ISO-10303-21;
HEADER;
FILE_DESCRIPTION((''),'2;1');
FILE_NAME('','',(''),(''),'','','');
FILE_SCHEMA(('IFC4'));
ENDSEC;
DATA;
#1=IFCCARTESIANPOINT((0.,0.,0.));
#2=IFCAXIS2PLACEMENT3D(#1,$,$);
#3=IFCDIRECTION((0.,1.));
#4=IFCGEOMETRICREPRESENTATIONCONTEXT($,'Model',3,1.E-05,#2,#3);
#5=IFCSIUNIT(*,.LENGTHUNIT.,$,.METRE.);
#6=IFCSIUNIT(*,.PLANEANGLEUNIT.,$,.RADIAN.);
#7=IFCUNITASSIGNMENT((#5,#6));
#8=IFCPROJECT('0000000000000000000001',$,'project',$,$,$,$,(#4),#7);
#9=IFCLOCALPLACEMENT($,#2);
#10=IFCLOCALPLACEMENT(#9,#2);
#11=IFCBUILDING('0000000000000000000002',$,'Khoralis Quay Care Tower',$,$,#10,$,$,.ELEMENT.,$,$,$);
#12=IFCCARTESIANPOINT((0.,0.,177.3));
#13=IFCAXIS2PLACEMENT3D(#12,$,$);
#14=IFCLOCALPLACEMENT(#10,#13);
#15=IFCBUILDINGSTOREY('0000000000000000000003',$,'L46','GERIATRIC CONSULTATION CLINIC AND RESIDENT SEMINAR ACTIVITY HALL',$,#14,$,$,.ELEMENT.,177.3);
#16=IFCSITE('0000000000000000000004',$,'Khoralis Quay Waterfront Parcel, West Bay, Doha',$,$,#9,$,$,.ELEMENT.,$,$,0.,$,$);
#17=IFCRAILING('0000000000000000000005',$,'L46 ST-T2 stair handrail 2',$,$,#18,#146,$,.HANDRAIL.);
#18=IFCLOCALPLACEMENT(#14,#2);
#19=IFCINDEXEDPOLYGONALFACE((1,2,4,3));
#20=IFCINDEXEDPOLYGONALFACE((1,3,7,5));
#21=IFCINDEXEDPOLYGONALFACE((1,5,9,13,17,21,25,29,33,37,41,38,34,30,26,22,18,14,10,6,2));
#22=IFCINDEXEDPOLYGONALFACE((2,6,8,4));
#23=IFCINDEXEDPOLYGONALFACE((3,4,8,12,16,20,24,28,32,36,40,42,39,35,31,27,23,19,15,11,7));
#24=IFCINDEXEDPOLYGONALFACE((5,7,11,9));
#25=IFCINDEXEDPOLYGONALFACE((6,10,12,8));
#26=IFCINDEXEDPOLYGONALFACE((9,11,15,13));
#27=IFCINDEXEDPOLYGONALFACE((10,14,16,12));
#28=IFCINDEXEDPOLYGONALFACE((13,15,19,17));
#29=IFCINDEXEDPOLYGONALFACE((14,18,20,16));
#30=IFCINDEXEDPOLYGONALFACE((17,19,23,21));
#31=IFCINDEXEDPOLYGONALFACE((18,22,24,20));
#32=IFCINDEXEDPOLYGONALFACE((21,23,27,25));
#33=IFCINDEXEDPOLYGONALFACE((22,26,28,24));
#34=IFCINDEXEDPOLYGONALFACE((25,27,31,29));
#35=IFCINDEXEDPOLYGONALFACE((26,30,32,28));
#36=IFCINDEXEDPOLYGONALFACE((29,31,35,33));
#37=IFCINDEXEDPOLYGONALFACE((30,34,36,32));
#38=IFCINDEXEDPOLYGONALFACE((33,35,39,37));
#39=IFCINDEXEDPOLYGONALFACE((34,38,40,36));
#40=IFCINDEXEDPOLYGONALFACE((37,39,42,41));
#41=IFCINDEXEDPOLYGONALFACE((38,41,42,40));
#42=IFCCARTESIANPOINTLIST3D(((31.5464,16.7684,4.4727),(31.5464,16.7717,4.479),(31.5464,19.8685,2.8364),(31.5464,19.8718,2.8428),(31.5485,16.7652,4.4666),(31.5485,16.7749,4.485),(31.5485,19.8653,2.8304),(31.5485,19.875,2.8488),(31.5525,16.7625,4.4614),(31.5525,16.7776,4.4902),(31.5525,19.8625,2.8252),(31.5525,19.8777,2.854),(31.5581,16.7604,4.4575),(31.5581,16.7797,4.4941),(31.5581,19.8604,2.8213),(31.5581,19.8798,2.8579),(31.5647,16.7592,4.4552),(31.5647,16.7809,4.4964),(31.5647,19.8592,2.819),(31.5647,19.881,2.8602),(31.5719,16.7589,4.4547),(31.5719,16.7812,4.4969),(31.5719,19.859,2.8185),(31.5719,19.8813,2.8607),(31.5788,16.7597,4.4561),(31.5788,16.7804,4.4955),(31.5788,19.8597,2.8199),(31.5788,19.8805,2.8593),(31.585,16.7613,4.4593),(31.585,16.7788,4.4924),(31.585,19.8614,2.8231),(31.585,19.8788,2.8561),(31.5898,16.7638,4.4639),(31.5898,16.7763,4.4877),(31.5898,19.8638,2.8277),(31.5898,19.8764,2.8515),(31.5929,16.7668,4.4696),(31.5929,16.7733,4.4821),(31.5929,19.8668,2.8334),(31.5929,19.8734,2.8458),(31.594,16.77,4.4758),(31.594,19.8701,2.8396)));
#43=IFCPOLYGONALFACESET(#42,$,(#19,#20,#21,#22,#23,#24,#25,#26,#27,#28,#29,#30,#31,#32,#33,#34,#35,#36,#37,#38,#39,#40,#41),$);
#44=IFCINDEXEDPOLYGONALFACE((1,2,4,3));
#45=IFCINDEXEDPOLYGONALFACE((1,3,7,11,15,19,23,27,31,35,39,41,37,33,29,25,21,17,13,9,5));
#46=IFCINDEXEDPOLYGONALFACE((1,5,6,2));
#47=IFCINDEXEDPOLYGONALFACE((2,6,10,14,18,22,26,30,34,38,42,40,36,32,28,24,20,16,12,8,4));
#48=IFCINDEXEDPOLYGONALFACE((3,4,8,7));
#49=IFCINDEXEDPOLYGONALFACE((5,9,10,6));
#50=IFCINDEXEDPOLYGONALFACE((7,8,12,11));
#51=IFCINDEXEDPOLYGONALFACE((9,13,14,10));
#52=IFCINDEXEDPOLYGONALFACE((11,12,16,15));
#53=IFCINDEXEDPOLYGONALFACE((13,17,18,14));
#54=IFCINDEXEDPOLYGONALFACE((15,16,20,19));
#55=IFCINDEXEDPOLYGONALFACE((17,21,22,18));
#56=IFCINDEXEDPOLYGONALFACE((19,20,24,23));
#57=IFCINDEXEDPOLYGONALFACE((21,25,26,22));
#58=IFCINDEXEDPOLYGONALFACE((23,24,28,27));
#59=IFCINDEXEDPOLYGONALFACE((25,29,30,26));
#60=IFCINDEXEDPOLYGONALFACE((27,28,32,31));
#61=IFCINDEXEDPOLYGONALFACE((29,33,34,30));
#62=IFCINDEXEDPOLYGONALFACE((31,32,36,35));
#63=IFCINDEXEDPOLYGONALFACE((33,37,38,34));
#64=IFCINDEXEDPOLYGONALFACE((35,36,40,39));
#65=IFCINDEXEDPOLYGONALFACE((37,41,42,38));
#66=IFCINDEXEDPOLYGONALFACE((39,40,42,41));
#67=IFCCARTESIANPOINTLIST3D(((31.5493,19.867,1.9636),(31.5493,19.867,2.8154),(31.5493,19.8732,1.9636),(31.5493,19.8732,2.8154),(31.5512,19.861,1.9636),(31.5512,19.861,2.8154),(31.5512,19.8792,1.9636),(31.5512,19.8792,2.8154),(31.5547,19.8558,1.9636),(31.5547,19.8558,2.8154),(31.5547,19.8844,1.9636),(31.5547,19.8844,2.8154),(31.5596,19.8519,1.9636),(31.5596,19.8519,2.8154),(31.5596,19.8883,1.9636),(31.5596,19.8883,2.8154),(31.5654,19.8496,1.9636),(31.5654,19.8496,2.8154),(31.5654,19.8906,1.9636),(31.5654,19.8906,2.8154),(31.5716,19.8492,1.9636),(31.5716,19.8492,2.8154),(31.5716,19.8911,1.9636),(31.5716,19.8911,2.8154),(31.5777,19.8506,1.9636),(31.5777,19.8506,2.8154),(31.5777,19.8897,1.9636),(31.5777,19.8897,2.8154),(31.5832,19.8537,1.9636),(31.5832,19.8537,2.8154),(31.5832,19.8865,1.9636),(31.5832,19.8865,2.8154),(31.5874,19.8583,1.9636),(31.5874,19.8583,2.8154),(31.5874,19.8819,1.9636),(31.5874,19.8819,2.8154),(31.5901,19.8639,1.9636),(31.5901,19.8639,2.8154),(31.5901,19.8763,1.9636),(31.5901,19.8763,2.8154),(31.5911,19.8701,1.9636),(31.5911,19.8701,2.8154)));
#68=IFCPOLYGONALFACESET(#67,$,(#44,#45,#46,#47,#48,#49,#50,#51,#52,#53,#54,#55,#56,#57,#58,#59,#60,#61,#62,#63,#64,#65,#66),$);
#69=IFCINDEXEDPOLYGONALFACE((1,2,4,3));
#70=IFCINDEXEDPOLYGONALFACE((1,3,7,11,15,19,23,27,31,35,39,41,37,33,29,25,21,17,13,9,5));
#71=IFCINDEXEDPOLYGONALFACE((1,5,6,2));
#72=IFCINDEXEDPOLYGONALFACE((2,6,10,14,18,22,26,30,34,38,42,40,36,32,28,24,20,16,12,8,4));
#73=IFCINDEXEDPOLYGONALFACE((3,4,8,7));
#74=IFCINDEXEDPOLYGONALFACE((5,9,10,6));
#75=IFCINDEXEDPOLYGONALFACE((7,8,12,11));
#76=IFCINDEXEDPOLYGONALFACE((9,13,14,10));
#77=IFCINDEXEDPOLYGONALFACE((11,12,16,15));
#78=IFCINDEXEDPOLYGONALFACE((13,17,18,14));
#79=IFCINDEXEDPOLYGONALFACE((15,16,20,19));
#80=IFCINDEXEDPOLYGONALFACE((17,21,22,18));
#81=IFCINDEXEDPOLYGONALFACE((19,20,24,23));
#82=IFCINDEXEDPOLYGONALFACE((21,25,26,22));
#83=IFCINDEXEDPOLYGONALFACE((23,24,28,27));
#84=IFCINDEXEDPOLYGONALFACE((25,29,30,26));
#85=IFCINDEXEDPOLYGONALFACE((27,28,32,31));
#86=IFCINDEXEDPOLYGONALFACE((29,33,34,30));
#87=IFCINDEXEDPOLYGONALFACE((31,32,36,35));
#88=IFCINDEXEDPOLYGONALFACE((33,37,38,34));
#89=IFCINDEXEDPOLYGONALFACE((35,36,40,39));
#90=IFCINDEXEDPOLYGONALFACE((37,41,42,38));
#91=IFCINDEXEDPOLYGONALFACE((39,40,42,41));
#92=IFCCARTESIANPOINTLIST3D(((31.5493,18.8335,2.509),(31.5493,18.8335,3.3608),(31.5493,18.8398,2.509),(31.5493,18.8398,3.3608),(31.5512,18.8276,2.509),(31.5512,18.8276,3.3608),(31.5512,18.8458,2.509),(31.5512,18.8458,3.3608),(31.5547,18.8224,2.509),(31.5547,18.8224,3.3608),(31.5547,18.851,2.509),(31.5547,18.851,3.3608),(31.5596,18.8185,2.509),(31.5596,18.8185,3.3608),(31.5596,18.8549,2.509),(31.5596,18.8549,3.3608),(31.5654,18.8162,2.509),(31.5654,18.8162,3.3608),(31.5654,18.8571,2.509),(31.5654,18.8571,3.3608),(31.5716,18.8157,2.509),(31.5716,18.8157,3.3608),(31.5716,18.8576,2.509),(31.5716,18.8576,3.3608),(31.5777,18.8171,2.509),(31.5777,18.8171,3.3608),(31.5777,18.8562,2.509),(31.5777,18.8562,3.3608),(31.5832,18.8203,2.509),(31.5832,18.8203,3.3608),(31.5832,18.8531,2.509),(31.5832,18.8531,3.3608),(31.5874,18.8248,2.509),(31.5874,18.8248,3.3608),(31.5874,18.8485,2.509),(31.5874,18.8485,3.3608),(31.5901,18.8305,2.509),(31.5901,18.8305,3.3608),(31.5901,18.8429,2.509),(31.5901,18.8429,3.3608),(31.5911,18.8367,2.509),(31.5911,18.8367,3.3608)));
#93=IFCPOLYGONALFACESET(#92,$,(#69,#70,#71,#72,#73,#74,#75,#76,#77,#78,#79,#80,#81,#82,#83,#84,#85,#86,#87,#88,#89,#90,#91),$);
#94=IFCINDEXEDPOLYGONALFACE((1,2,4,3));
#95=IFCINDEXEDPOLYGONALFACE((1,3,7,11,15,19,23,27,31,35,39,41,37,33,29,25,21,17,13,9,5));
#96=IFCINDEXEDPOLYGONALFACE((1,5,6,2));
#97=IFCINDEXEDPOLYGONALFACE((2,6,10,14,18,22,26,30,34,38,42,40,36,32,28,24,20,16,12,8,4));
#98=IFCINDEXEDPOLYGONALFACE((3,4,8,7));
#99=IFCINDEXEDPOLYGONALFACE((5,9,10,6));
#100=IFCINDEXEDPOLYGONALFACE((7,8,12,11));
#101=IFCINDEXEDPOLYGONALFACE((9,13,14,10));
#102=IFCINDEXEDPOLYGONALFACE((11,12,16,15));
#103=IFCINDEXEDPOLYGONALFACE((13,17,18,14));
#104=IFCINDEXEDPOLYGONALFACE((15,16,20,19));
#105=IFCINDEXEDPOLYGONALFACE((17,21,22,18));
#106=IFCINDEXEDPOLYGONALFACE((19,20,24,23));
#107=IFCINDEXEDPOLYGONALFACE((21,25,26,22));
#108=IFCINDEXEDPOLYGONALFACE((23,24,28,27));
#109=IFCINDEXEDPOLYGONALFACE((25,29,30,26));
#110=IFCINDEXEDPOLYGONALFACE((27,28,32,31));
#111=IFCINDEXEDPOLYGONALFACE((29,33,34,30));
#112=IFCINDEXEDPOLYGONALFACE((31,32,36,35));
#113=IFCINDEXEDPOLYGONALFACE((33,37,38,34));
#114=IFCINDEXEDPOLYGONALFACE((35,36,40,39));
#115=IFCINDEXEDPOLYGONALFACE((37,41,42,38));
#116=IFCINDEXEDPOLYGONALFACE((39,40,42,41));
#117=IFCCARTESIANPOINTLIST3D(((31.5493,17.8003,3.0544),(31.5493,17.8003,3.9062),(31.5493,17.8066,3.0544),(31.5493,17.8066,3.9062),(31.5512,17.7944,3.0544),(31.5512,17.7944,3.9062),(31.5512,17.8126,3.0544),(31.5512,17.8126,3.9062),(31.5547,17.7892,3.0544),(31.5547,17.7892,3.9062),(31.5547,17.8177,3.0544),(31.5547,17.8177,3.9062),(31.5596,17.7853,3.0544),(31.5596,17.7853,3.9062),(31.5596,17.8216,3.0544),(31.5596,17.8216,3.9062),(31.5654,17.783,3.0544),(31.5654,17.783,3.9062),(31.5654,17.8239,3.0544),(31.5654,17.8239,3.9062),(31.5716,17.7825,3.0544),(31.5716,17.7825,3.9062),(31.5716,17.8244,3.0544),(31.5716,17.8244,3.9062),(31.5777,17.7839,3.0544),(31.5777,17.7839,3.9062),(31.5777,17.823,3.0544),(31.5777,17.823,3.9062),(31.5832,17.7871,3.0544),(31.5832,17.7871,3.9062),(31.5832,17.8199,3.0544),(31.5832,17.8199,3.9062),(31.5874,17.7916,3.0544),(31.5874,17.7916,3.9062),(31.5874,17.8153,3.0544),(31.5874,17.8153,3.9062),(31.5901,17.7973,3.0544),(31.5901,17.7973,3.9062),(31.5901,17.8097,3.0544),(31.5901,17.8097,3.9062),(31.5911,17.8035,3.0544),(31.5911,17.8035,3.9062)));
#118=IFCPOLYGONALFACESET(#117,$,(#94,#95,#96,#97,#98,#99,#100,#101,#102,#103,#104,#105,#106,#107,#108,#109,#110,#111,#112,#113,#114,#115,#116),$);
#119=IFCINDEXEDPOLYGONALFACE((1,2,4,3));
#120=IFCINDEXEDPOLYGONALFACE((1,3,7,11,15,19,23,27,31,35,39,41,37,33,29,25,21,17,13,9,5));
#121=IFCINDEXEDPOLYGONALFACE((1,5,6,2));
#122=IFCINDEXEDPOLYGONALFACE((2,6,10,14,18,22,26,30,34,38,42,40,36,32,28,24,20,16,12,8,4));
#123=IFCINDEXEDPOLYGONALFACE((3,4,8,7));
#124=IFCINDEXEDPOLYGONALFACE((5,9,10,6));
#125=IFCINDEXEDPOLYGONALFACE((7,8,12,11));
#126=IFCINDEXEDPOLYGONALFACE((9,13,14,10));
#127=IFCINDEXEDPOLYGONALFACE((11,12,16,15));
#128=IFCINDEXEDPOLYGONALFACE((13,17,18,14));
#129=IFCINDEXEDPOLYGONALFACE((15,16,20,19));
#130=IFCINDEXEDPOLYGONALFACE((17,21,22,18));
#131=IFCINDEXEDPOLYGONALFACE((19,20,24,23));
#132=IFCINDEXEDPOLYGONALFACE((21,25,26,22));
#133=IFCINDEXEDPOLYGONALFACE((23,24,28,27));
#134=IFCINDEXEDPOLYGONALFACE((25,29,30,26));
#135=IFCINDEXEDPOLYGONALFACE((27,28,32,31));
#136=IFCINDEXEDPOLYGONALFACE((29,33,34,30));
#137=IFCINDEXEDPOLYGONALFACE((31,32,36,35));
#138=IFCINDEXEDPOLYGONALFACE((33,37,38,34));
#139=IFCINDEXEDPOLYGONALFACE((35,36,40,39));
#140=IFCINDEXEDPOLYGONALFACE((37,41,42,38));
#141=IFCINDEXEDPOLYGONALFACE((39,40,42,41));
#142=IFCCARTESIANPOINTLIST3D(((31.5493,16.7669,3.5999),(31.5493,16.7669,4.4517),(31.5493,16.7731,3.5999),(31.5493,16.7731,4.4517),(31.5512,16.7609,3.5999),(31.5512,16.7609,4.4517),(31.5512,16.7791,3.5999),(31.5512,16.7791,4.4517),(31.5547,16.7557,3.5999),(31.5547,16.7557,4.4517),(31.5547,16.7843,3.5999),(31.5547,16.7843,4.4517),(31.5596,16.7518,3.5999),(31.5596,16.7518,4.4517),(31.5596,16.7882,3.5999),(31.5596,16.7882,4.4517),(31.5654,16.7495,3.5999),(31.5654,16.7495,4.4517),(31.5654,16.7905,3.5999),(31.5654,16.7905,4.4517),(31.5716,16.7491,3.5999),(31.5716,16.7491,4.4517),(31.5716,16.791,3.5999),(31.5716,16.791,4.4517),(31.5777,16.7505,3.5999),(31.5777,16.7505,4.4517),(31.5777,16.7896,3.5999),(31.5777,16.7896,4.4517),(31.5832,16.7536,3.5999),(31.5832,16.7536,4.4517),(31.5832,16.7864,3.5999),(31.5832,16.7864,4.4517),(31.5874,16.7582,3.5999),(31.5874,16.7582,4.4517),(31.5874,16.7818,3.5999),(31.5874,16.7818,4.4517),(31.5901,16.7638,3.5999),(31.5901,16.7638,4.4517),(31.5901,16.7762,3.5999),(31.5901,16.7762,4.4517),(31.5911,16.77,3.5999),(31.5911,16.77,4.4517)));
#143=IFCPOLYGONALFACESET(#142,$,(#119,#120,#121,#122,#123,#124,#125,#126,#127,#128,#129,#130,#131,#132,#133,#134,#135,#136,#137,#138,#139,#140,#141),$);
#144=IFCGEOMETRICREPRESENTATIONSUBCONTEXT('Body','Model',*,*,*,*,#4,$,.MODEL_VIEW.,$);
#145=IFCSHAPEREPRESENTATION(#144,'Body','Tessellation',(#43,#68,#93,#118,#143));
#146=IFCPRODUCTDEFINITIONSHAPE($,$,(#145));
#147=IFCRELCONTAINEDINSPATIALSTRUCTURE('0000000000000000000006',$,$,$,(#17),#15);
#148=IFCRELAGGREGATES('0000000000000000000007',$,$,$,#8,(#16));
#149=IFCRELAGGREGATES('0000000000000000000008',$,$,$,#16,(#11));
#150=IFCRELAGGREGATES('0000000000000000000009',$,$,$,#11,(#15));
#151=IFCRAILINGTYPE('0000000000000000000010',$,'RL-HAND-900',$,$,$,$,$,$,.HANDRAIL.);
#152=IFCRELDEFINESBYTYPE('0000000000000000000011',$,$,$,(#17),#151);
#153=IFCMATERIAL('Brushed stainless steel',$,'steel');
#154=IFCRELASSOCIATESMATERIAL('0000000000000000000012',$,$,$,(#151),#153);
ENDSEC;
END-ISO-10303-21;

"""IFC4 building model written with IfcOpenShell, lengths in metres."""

from ifc_helpers import new_model, si_unit, direction, frame, origin, origin_2d, place, context, subcontext, project, spatial, circle, extrude, material, type_object, element, save


model = new_model("IFC4")

# Units and contexts
model_context = context("Model", 3, precision=1e-05, world=origin(), true_north=direction((0.0, 1.0)))
body_context = subcontext(model_context, "Body", "Model", "MODEL_VIEW")
ifc_project = project(units=[si_unit("LENGTHUNIT", "METRE"), si_unit("PLANEANGLEUNIT", "RADIAN")], contexts=[model_context])

# Site, building, storey
site_placement = place(None, origin())
site = spatial("IfcSite", under=ifc_project, at=site_placement, Name="Khoralis Quay Waterfront Parcel, West Bay, Doha", CompositionType="ELEMENT", RefElevation=0.0)
building_placement = place(site_placement, origin())
building = spatial("IfcBuilding", under=site, at=building_placement, Name="Khoralis Quay Care Tower", CompositionType="ELEMENT")
storey_placement = place(building_placement, frame((0.0, 0.0, 177.3)))
storey = spatial("IfcBuildingStorey", under=building, at=storey_placement, Name="L46", Description="GERIATRIC CONSULTATION CLINIC AND RESIDENT SEMINAR ACTIVITY HALL", CompositionType="ELEMENT", Elevation=177.3)

# Shared definitions
ifc_material_1 = material(Name="Brushed stainless steel", Category="steel")

# Railing
railing_type_1 = type_object("IfcRailingType", Name="RL-HAND-900", PredefinedType="HANDRAIL", material=ifc_material_1)
railing_1_placement = place(storey_placement, frame((31.5701, 19.8701, 1.9636)))
element("IfcRailing", 1, at=railing_1_placement, inside=storey, type_object=railing_type_1, Name="L46 ST-T2 stair handrail 2", PredefinedType="HANDRAIL", context=body_context, shape_type="SweptSolid", body=[
    extrude(circle(Radius=0.0239, at=origin_2d()), frame((0.0, 0.0, 0.876), z_axis=(0.0, -0.884377, 0.466774), x_axis=(1.0, 0.0, 0.0)), (0.0, 0.0, 1.0), 3.5054),
    extrude(circle(Radius=0.021, at=origin_2d()), origin(), (0.0, 0.0, 1.0), 0.8518),
    extrude(circle(Radius=0.021, at=origin_2d()), frame((0.0, -1.0334, 0.5454)), (0.0, 0.0, 1.0), 0.8518),
    extrude(circle(Radius=0.021, at=origin_2d()), frame((0.0, -2.0667, 1.0908)), (0.0, 0.0, 1.0), 0.8518),
    extrude(circle(Radius=0.021, at=origin_2d()), frame((0.0, -3.1001, 1.6362)), (0.0, 0.0, 1.0), 0.8518),
])

save(model, "model.ifc")
